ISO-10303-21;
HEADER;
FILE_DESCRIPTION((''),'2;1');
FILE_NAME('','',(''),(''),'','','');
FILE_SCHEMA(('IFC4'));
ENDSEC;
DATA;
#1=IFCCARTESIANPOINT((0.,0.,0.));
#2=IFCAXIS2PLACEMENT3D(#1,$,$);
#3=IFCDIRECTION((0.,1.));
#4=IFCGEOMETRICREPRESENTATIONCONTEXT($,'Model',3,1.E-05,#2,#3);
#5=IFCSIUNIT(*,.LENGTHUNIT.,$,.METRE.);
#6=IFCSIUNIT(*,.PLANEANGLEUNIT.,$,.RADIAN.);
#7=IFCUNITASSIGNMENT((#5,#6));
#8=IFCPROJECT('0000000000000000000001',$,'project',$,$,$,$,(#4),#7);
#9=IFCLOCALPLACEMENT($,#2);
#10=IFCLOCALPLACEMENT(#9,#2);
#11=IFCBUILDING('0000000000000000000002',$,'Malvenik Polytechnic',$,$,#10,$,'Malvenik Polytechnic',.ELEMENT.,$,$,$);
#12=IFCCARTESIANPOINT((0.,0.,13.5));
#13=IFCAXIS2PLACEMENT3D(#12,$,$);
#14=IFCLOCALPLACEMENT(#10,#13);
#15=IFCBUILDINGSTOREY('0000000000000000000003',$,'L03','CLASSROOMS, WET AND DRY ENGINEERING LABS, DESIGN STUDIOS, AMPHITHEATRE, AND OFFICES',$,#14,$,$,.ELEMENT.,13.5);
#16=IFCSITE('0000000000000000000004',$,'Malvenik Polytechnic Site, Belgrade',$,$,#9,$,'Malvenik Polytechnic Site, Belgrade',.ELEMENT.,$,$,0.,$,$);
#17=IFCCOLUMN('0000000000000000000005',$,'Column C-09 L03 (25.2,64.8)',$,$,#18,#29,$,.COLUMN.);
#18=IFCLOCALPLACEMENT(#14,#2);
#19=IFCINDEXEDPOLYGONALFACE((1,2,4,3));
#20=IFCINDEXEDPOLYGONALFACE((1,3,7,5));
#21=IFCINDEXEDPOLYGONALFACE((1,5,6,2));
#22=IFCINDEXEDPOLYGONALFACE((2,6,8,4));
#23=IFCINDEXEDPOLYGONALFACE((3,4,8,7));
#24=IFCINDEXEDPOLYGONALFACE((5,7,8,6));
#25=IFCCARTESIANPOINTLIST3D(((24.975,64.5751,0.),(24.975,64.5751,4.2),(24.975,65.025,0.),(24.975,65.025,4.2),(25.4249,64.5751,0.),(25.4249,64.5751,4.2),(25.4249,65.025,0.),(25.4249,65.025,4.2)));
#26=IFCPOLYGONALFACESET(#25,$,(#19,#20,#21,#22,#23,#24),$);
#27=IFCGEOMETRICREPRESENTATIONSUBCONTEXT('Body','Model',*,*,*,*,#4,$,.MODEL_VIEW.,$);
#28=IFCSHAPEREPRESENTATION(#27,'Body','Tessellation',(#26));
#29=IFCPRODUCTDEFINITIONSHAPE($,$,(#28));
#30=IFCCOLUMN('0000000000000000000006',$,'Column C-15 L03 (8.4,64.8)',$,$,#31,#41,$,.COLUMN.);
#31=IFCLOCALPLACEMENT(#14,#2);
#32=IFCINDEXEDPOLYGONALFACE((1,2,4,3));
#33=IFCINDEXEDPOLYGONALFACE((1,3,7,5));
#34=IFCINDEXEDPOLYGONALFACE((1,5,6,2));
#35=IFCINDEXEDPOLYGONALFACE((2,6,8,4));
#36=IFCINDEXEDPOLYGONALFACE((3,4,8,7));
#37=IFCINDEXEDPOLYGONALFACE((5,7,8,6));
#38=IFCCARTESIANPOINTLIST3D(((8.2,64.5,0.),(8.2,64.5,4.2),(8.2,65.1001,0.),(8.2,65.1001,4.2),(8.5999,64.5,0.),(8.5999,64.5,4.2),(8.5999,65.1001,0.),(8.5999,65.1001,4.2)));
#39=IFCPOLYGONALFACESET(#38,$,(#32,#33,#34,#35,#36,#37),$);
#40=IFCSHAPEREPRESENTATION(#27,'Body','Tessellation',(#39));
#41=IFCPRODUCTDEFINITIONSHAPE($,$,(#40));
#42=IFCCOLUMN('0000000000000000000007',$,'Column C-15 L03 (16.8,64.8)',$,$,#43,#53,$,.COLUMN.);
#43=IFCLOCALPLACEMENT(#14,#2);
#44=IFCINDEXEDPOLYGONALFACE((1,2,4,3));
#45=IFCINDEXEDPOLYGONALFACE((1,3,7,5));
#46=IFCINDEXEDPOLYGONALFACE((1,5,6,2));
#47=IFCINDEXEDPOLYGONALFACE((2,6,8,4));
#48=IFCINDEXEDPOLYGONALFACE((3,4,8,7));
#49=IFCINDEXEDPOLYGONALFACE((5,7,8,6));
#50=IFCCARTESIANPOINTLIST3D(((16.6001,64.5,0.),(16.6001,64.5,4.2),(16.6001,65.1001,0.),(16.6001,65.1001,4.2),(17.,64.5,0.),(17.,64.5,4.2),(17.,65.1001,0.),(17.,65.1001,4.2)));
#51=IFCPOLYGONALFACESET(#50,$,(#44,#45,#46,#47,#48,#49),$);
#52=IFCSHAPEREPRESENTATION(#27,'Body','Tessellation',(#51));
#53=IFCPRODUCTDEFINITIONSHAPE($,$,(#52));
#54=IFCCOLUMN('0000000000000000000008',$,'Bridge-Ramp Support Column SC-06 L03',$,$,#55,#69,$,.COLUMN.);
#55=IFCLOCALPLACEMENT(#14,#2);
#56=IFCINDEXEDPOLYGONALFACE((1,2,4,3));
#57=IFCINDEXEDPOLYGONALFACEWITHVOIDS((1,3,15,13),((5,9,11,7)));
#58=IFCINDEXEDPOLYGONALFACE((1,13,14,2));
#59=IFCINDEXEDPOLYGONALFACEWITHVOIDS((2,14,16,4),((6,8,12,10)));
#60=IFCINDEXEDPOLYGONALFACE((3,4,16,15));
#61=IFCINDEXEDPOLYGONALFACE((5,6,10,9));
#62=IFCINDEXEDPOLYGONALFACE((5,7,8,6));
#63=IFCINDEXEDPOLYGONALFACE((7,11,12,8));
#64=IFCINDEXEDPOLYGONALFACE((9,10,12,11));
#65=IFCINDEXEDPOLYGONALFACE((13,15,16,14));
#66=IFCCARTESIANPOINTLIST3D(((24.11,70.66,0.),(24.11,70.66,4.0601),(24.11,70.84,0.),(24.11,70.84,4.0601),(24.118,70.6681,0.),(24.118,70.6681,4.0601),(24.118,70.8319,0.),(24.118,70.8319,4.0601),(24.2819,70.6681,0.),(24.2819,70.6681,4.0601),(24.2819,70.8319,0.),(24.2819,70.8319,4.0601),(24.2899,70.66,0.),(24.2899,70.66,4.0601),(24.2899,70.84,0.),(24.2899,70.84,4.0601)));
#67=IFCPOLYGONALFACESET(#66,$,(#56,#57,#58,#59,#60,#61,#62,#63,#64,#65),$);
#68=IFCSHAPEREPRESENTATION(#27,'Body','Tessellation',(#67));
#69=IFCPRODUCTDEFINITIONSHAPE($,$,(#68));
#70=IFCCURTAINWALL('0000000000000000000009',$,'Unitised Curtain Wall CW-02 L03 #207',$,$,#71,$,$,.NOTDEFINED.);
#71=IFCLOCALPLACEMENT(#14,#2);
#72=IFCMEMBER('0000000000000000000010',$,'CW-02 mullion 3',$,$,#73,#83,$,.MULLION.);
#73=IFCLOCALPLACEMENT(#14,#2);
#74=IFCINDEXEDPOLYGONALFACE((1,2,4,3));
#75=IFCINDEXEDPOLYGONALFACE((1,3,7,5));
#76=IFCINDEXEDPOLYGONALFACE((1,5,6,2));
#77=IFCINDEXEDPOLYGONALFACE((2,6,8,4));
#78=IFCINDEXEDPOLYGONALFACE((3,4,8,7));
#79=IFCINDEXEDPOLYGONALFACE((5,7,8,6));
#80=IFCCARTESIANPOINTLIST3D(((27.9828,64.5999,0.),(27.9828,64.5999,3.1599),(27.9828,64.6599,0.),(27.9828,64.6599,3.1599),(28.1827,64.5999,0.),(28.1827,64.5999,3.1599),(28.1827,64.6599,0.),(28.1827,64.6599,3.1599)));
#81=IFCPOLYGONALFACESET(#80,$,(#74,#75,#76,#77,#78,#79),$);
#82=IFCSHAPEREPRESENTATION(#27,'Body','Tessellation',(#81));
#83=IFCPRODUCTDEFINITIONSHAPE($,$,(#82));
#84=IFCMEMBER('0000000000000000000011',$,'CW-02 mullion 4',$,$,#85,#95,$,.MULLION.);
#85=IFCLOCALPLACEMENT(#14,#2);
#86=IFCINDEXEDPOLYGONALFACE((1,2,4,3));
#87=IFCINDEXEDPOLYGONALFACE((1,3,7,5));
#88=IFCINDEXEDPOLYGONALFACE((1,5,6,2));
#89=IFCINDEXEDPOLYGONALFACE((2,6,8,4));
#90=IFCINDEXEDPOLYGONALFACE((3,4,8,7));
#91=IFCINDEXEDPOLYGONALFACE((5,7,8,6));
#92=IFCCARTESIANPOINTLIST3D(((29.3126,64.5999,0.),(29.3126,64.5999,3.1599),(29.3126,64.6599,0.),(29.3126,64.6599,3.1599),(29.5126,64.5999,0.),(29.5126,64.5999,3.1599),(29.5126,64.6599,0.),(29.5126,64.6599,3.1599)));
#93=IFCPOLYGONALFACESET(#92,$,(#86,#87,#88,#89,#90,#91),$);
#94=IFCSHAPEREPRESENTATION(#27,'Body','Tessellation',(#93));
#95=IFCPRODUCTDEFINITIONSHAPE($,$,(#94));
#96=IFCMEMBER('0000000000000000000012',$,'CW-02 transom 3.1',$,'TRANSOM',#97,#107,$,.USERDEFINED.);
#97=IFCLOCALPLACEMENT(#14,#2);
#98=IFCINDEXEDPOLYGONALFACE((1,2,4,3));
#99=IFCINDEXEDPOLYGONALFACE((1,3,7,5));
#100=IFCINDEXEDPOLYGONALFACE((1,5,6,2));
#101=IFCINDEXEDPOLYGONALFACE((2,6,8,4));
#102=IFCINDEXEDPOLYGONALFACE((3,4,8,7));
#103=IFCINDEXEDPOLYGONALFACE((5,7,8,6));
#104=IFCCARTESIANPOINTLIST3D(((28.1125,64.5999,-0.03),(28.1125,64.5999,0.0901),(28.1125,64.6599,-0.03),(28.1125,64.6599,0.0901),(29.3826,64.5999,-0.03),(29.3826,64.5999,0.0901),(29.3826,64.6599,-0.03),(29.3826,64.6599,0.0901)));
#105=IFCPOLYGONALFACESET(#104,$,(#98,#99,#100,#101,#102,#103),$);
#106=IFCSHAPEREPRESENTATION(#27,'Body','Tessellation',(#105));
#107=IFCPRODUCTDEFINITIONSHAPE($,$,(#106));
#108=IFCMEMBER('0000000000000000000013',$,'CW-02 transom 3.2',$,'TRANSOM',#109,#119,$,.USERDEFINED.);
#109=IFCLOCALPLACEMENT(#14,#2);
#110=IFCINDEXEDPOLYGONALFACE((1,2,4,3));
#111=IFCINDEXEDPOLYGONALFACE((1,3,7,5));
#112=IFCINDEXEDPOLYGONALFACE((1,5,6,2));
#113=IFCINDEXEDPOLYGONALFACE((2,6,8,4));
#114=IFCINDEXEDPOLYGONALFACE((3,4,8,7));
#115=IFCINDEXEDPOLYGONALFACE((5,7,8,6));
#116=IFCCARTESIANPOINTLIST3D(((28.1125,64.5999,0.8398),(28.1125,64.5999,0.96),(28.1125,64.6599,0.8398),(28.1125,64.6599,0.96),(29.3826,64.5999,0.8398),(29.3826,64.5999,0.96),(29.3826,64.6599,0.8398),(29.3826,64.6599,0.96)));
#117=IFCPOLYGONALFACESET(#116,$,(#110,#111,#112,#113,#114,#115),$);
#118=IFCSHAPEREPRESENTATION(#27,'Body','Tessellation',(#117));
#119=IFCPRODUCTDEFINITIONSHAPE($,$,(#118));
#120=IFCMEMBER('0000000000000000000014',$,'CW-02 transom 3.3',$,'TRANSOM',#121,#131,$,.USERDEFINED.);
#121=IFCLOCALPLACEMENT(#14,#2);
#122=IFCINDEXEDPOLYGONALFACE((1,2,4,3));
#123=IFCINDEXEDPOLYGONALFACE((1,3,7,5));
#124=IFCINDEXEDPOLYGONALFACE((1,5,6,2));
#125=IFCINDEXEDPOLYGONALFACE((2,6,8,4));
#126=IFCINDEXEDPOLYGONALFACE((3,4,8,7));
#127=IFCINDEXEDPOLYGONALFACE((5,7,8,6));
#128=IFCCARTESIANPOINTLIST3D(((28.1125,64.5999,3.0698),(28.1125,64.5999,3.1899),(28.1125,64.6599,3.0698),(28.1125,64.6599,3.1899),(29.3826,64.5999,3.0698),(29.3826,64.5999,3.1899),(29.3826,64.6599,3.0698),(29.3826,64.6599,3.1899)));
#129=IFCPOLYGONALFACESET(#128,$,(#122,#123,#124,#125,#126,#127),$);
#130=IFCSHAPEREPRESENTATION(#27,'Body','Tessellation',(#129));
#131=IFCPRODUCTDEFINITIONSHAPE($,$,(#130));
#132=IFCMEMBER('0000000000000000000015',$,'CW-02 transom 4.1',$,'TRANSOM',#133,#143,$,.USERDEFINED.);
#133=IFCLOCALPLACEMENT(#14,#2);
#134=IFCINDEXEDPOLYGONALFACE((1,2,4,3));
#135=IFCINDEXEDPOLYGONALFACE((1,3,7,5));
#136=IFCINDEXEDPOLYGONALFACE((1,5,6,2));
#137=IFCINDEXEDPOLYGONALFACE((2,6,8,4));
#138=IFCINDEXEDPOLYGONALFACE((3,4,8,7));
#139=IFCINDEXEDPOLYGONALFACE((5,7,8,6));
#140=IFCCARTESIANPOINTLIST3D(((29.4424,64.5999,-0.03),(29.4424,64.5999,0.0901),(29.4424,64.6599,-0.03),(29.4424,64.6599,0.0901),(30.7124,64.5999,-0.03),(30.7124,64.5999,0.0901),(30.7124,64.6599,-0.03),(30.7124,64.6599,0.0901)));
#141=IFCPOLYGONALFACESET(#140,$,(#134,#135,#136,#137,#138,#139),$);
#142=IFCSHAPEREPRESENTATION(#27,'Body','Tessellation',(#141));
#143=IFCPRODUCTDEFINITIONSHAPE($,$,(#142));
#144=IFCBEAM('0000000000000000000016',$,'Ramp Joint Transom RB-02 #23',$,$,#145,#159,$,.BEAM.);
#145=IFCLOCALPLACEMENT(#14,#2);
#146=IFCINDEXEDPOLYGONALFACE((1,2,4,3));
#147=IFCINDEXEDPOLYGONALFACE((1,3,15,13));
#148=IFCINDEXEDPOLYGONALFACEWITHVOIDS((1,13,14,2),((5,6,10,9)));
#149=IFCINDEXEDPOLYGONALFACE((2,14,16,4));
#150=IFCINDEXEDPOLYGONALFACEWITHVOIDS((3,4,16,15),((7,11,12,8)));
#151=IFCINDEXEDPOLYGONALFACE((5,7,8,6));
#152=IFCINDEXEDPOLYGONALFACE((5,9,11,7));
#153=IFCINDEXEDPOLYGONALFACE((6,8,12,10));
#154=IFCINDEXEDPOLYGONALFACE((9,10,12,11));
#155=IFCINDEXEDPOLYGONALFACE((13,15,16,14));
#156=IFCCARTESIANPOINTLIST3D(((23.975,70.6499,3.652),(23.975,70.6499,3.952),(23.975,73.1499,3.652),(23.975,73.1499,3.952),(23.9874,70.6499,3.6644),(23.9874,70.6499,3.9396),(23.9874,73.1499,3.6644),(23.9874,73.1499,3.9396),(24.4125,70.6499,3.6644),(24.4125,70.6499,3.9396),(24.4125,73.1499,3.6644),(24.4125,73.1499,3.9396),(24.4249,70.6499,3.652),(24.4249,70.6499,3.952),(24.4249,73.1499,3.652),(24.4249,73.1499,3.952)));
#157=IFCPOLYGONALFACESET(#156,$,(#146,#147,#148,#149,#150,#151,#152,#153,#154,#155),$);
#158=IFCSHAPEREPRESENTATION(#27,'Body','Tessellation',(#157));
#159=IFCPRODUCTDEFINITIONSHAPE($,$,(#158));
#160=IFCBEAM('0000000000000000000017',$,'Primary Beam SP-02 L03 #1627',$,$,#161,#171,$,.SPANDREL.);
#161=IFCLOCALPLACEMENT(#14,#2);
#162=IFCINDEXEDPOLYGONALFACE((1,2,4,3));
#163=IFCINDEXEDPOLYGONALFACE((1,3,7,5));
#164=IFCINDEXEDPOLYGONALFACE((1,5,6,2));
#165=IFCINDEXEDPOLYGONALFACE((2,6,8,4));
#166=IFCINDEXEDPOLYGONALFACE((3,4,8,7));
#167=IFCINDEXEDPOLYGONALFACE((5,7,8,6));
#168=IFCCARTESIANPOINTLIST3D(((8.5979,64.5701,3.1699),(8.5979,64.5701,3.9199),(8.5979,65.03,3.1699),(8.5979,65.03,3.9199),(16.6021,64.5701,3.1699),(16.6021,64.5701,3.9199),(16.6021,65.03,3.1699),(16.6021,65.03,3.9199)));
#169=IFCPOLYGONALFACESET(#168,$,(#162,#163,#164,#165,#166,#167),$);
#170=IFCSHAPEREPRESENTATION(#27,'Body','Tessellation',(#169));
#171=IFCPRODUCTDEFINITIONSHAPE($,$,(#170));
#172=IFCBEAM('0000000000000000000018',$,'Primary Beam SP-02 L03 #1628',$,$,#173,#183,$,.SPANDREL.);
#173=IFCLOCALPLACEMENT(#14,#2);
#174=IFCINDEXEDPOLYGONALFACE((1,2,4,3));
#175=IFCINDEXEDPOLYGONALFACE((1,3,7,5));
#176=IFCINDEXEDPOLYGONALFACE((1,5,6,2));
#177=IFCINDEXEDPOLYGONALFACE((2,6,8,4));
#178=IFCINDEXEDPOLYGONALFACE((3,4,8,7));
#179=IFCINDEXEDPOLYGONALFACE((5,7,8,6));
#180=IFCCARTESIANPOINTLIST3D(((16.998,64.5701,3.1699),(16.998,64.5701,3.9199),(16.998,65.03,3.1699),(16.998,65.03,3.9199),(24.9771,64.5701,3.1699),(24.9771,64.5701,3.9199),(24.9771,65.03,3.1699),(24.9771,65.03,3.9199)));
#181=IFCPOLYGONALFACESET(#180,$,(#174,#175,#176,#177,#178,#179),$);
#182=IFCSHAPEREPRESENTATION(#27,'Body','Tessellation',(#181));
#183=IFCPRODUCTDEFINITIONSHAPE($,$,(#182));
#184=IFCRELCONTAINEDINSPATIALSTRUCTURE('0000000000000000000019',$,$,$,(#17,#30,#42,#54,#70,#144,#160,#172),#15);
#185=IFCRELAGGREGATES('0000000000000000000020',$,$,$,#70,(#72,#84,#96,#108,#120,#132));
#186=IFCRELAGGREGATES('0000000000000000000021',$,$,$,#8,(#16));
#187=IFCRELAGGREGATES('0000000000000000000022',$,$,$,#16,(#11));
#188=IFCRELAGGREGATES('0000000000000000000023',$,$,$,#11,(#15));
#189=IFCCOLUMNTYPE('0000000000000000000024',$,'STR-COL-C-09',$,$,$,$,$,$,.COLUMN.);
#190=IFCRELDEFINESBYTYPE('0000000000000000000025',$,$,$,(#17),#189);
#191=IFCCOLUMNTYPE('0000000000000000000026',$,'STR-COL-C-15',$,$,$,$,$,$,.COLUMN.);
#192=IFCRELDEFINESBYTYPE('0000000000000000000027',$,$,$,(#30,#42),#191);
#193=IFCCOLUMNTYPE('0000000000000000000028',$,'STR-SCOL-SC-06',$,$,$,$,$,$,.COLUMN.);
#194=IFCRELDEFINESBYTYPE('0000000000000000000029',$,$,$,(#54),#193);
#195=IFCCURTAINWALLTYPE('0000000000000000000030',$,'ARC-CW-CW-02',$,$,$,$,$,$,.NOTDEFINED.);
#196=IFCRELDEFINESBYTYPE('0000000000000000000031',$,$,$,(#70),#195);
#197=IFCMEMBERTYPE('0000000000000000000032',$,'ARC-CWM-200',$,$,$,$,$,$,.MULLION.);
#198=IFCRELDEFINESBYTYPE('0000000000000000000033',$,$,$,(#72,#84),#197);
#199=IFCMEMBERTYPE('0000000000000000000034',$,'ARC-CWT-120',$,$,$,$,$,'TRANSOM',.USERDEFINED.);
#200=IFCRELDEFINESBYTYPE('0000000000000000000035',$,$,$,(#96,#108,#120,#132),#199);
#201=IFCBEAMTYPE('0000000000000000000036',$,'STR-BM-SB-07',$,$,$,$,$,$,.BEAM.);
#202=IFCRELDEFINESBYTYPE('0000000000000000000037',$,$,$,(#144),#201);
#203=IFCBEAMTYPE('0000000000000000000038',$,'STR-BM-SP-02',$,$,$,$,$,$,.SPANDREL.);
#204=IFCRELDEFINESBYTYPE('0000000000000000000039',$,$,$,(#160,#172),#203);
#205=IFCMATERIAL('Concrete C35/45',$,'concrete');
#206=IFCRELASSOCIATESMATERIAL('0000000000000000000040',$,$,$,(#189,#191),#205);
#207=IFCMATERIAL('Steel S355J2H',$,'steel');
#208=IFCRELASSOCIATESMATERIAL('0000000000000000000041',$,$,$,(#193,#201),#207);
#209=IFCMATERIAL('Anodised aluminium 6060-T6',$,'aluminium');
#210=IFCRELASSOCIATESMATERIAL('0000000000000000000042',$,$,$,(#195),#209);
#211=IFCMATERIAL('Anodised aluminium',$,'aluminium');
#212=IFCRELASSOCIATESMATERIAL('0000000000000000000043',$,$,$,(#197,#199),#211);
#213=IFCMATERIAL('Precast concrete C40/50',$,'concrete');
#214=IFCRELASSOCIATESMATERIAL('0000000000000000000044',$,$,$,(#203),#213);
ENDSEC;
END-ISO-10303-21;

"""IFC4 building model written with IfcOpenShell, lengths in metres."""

from ifc_helpers import new_model, si_unit, direction, frame, origin, origin_2d, place, context, subcontext, project, spatial, rectangle, hollow_rectangle, extrude, material, material_profile, profile_set, type_object, element, aggregate, save


model = new_model("IFC4")

# Units and contexts
model_context = context("Model", 3, precision=1e-05, world=origin(), true_north=direction((0.0, 1.0)))
body_context = subcontext(model_context, "Body", "Model", "MODEL_VIEW")
ifc_project = project(units=[si_unit("LENGTHUNIT", "METRE"), si_unit("PLANEANGLEUNIT", "RADIAN")], contexts=[model_context])

# Site, building, storey
site_placement = place(None, origin())
site = spatial("IfcSite", under=ifc_project, at=site_placement, Name="Malvenik Polytechnic Site, Belgrade", LongName="Malvenik Polytechnic Site, Belgrade", CompositionType="ELEMENT", RefElevation=0.0)
building_placement = place(site_placement, origin())
building = spatial("IfcBuilding", under=site, at=building_placement, Name="Malvenik Polytechnic", LongName="Malvenik Polytechnic", CompositionType="ELEMENT")
storey_placement = place(building_placement, frame((0.0, 0.0, 13.5)))
storey = spatial("IfcBuildingStorey", under=building, at=storey_placement, Name="L03", Description="CLASSROOMS, WET AND DRY ENGINEERING LABS, DESIGN STUDIOS, AMPHITHEATRE, AND OFFICES", CompositionType="ELEMENT", Elevation=13.5)

# Columns
ifc_material_1 = material(Name="Concrete C35/45", Category="concrete")
ifc_material_profile_1 = material_profile(ifc_material_1, rectangle(XDim=0.45, YDim=0.45, at=origin_2d()), Name="RC COL 450x450")
ifc_profile_set_1 = profile_set([ifc_material_profile_1], Name="Concrete C35/45")
column_type_1 = type_object("IfcColumnType", Name="STR-COL-C-09", PredefinedType="COLUMN", material=ifc_profile_set_1)
column_1_placement = place(storey_placement, frame((25.2, 64.8, 0.0), z_axis=(0.0, 0.0, 1.0), x_axis=(1.0, 0.0, 0.0)))
element("IfcColumn", 1, at=column_1_placement, inside=storey, type_object=column_type_1, Name="Column C-09 L03 (25.2,64.8)", PredefinedType="COLUMN", context=body_context, shape_type="SweptSolid", body=[
    extrude(rectangle(XDim=0.45, YDim=0.45, at=origin_2d()), origin(), (0.0, 0.0, 1.0), 4.2),
])
ifc_material_profile_2 = material_profile(ifc_material_1, rectangle(XDim=0.3999, YDim=0.6001, at=origin_2d()), Name="RC COL 600x400")
ifc_profile_set_2 = profile_set([ifc_material_profile_2], Name="Concrete C35/45")
column_type_2 = type_object("IfcColumnType", Name="STR-COL-C-15", PredefinedType="COLUMN", material=ifc_profile_set_2)
for number, where, z_axis, x_axis, name in (
    (2, (8.3999, 64.8, 0.0), (0.0, 0.0, 1.0), (1.0, 0.0, 0.0), "Column C-15 L03 (8.4,64.8)"),
    (3, (16.8, 64.8, 0.0), (0.0, 0.0, 1.0), (1.0, 0.0, 0.0), "Column C-15 L03 (16.8,64.8)"),
):
    element("IfcColumn", number, at=place(storey_placement, frame(where, z_axis=z_axis, x_axis=x_axis)), inside=storey, type_object=column_type_2, Name=name, PredefinedType="COLUMN", context=body_context, shape_type="SweptSolid", body=[
        extrude(rectangle(XDim=0.3999, YDim=0.6001, at=origin_2d()), origin(), (0.0, 0.0, 1.0), 4.2),
    ])
ifc_material_2 = material(Name="Steel S355J2H", Category="steel")
ifc_material_profile_3 = material_profile(ifc_material_2, hollow_rectangle(XDim=0.1799, YDim=0.1799, WallThickness=0.0081, at=origin_2d()), Name="SHS 180x180x8.0")
ifc_profile_set_3 = profile_set([ifc_material_profile_3], Name="Steel S355J2H")
column_type_3 = type_object("IfcColumnType", Name="STR-SCOL-SC-06", PredefinedType="COLUMN", material=ifc_profile_set_3)
column_2_placement = place(storey_placement, frame((24.2, 70.75, 0.0), z_axis=(0.0, 0.0, 1.0), x_axis=(1.0, 0.0, 0.0)))
element("IfcColumn", 4, at=column_2_placement, inside=storey, type_object=column_type_3, Name="Bridge-Ramp Support Column SC-06 L03", PredefinedType="COLUMN", context=body_context, shape_type="SweptSolid", body=[
    extrude(hollow_rectangle(XDim=0.1799, YDim=0.1799, WallThickness=0.0081, at=origin_2d()), origin(), (0.0, 0.0, 1.0), 4.0601),
])

# Curtain wall, members
ifc_material_3 = material(Name="Anodised aluminium 6060-T6", Category="aluminium")
curtain_wall_type = type_object("IfcCurtainWallType", Name="ARC-CW-CW-02", PredefinedType="NOTDEFINED", material=ifc_material_3)
curtain_wall_placement = place(storey_placement, origin())
curtain_wall = element("IfcCurtainWall", 5, at=curtain_wall_placement, inside=storey, type_object=curtain_wall_type, Name="Unitised Curtain Wall CW-02 L03 #207", PredefinedType="NOTDEFINED")
ifc_material_4 = material(Name="Anodised aluminium", Category="aluminium")
ifc_material_profile_4 = material_profile(ifc_material_4, rectangle(XDim=0.0601, YDim=0.2, at=origin_2d()), Name="ALU MULLION 60x200")
ifc_profile_set_4 = profile_set([ifc_material_profile_4], Name="Anodised aluminium")
member_type_1 = type_object("IfcMemberType", Name="ARC-CWM-200", PredefinedType="MULLION", material=ifc_profile_set_4)
member_1_placement = place(storey_placement, frame((28.0828, 64.6299, 0.0), z_axis=(0.0, 0.0, 1.0), x_axis=(0.0, 1.0, 0.0)))
member_1 = element("IfcMember", 6, at=member_1_placement, type_object=member_type_1, Name="CW-02 mullion 3", PredefinedType="MULLION", context=body_context, shape_type="SweptSolid", body=[
    extrude(rectangle(XDim=0.0601, YDim=0.2, at=origin_2d()), origin(), (0.0, 0.0, 1.0), 3.1599),
])
member_2_placement = place(storey_placement, frame((29.4126, 64.6299, 0.0), z_axis=(0.0, 0.0, 1.0), x_axis=(0.0, 1.0, 0.0)))
member_2 = element("IfcMember", 7, at=member_2_placement, type_object=member_type_1, Name="CW-02 mullion 4", PredefinedType="MULLION", context=body_context, shape_type="SweptSolid", body=[
    extrude(rectangle(XDim=0.0601, YDim=0.2, at=origin_2d()), origin(), (0.0, 0.0, 1.0), 3.1599),
])
ifc_material_profile_5 = material_profile(ifc_material_4, rectangle(XDim=0.0601, YDim=0.1201, at=origin_2d()), Name="ALU TRANSOM 60x120")
ifc_profile_set_5 = profile_set([ifc_material_profile_5], Name="Anodised aluminium")
member_type_2 = type_object("IfcMemberType", Name="ARC-CWT-120", ElementType="TRANSOM", PredefinedType="USERDEFINED", material=ifc_profile_set_5)
member_3_placement = place(storey_placement, frame((28.1125, 64.6299, 0.03), z_axis=(1.0, 0.0, 0.0), x_axis=(0.0, 1.0, 0.0)))
member_3 = element("IfcMember", 8, at=member_3_placement, type_object=member_type_2, Name="CW-02 transom 3.1", ObjectType="TRANSOM", PredefinedType="USERDEFINED", context=body_context, shape_type="SweptSolid", body=[
    extrude(rectangle(XDim=0.0601, YDim=0.1201, at=origin_2d()), origin(), (0.0, 0.0, 1.0), 1.27),
])
member_4_placement = place(storey_placement, frame((28.1125, 64.6299, 0.8999), z_axis=(1.0, 0.0, 0.0), x_axis=(0.0, 1.0, 0.0)))
member_4 = element("IfcMember", 9, at=member_4_placement, type_object=member_type_2, Name="CW-02 transom 3.2", ObjectType="TRANSOM", PredefinedType="USERDEFINED", context=body_context, shape_type="SweptSolid", body=[
    extrude(rectangle(XDim=0.0601, YDim=0.1201, at=origin_2d()), origin(), (0.0, 0.0, 1.0), 1.27),
])
member_5_placement = place(storey_placement, frame((28.1125, 64.6299, 3.1299), z_axis=(1.0, 0.0, 0.0), x_axis=(0.0, 1.0, 0.0)))
member_5 = element("IfcMember", 10, at=member_5_placement, type_object=member_type_2, Name="CW-02 transom 3.3", ObjectType="TRANSOM", PredefinedType="USERDEFINED", context=body_context, shape_type="SweptSolid", body=[
    extrude(rectangle(XDim=0.0601, YDim=0.1201, at=origin_2d()), origin(), (0.0, 0.0, 1.0), 1.27),
])
member_6_placement = place(storey_placement, frame((29.4424, 64.6299, 0.03), z_axis=(1.0, 0.0, 0.0), x_axis=(0.0, 1.0, 0.0)))
member_6 = element("IfcMember", 11, at=member_6_placement, type_object=member_type_2, Name="CW-02 transom 4.1", ObjectType="TRANSOM", PredefinedType="USERDEFINED", context=body_context, shape_type="SweptSolid", body=[
    extrude(rectangle(XDim=0.0601, YDim=0.1201, at=origin_2d()), origin(), (0.0, 0.0, 1.0), 1.27),
])

# Beams
ifc_material_profile_6 = material_profile(ifc_material_2, hollow_rectangle(XDim=0.45, YDim=0.3, WallThickness=0.0125, at=origin_2d()), Name="RHS 450x300x12.5")
ifc_profile_set_6 = profile_set([ifc_material_profile_6], Name="Steel S355J2H")
beam_type_1 = type_object("IfcBeamType", Name="STR-BM-SB-07", PredefinedType="BEAM", material=ifc_profile_set_6)
beam_1_placement = place(storey_placement, frame((24.2, 70.6499, 3.802), z_axis=(0.0, 1.0, 0.0), x_axis=(-1.0, 0.0, 0.0)))
element("IfcBeam", 12, at=beam_1_placement, inside=storey, type_object=beam_type_1, Name="Ramp Joint Transom RB-02 #23", PredefinedType="BEAM", context=body_context, shape_type="SweptSolid", body=[
    extrude(hollow_rectangle(XDim=0.45, YDim=0.3, WallThickness=0.0125, at=origin_2d()), origin(), (0.0, 0.0, 1.0), 2.5),
])
ifc_material_5 = material(Name="Precast concrete C40/50", Category="concrete")
ifc_material_profile_7 = material_profile(ifc_material_5, rectangle(XDim=0.46, YDim=0.75, at=origin_2d()), Name="PC SPN 460x750")
ifc_profile_set_7 = profile_set([ifc_material_profile_7], Name="Precast concrete C40/50")
beam_type_2 = type_object("IfcBeamType", Name="STR-BM-SP-02", PredefinedType="SPANDREL", material=ifc_profile_set_7)
beam_2_placement = place(storey_placement, frame((8.5979, 64.8, 3.5449), z_axis=(1.0, 0.0, 0.0), x_axis=(0.0, 1.0, 0.0)))
element("IfcBeam", 13, at=beam_2_placement, inside=storey, type_object=beam_type_2, Name="Primary Beam SP-02 L03 #1627", PredefinedType="SPANDREL", context=body_context, shape_type="SweptSolid", body=[
    extrude(rectangle(XDim=0.46, YDim=0.75, at=origin_2d()), origin(), (0.0, 0.0, 1.0), 8.0042),
])
for number, where, z_axis, x_axis, name in (
    (14, (16.998, 64.8, 3.5449), (1.0, 0.0, 0.0), (0.0, 1.0, 0.0), "Primary Beam SP-02 L03 #1628"),
):
    element("IfcBeam", number, at=place(storey_placement, frame(where, z_axis=z_axis, x_axis=x_axis)), inside=storey, type_object=beam_type_2, Name=name, PredefinedType="SPANDREL", context=body_context, shape_type="SweptSolid", body=[
        extrude(rectangle(XDim=0.46, YDim=0.75, at=origin_2d()), origin(), (0.0, 0.0, 1.0), 7.979),
    ])

aggregate(curtain_wall, [member_1, member_2, member_3, member_4, member_5, member_6])

save(model, "model.ifc")
